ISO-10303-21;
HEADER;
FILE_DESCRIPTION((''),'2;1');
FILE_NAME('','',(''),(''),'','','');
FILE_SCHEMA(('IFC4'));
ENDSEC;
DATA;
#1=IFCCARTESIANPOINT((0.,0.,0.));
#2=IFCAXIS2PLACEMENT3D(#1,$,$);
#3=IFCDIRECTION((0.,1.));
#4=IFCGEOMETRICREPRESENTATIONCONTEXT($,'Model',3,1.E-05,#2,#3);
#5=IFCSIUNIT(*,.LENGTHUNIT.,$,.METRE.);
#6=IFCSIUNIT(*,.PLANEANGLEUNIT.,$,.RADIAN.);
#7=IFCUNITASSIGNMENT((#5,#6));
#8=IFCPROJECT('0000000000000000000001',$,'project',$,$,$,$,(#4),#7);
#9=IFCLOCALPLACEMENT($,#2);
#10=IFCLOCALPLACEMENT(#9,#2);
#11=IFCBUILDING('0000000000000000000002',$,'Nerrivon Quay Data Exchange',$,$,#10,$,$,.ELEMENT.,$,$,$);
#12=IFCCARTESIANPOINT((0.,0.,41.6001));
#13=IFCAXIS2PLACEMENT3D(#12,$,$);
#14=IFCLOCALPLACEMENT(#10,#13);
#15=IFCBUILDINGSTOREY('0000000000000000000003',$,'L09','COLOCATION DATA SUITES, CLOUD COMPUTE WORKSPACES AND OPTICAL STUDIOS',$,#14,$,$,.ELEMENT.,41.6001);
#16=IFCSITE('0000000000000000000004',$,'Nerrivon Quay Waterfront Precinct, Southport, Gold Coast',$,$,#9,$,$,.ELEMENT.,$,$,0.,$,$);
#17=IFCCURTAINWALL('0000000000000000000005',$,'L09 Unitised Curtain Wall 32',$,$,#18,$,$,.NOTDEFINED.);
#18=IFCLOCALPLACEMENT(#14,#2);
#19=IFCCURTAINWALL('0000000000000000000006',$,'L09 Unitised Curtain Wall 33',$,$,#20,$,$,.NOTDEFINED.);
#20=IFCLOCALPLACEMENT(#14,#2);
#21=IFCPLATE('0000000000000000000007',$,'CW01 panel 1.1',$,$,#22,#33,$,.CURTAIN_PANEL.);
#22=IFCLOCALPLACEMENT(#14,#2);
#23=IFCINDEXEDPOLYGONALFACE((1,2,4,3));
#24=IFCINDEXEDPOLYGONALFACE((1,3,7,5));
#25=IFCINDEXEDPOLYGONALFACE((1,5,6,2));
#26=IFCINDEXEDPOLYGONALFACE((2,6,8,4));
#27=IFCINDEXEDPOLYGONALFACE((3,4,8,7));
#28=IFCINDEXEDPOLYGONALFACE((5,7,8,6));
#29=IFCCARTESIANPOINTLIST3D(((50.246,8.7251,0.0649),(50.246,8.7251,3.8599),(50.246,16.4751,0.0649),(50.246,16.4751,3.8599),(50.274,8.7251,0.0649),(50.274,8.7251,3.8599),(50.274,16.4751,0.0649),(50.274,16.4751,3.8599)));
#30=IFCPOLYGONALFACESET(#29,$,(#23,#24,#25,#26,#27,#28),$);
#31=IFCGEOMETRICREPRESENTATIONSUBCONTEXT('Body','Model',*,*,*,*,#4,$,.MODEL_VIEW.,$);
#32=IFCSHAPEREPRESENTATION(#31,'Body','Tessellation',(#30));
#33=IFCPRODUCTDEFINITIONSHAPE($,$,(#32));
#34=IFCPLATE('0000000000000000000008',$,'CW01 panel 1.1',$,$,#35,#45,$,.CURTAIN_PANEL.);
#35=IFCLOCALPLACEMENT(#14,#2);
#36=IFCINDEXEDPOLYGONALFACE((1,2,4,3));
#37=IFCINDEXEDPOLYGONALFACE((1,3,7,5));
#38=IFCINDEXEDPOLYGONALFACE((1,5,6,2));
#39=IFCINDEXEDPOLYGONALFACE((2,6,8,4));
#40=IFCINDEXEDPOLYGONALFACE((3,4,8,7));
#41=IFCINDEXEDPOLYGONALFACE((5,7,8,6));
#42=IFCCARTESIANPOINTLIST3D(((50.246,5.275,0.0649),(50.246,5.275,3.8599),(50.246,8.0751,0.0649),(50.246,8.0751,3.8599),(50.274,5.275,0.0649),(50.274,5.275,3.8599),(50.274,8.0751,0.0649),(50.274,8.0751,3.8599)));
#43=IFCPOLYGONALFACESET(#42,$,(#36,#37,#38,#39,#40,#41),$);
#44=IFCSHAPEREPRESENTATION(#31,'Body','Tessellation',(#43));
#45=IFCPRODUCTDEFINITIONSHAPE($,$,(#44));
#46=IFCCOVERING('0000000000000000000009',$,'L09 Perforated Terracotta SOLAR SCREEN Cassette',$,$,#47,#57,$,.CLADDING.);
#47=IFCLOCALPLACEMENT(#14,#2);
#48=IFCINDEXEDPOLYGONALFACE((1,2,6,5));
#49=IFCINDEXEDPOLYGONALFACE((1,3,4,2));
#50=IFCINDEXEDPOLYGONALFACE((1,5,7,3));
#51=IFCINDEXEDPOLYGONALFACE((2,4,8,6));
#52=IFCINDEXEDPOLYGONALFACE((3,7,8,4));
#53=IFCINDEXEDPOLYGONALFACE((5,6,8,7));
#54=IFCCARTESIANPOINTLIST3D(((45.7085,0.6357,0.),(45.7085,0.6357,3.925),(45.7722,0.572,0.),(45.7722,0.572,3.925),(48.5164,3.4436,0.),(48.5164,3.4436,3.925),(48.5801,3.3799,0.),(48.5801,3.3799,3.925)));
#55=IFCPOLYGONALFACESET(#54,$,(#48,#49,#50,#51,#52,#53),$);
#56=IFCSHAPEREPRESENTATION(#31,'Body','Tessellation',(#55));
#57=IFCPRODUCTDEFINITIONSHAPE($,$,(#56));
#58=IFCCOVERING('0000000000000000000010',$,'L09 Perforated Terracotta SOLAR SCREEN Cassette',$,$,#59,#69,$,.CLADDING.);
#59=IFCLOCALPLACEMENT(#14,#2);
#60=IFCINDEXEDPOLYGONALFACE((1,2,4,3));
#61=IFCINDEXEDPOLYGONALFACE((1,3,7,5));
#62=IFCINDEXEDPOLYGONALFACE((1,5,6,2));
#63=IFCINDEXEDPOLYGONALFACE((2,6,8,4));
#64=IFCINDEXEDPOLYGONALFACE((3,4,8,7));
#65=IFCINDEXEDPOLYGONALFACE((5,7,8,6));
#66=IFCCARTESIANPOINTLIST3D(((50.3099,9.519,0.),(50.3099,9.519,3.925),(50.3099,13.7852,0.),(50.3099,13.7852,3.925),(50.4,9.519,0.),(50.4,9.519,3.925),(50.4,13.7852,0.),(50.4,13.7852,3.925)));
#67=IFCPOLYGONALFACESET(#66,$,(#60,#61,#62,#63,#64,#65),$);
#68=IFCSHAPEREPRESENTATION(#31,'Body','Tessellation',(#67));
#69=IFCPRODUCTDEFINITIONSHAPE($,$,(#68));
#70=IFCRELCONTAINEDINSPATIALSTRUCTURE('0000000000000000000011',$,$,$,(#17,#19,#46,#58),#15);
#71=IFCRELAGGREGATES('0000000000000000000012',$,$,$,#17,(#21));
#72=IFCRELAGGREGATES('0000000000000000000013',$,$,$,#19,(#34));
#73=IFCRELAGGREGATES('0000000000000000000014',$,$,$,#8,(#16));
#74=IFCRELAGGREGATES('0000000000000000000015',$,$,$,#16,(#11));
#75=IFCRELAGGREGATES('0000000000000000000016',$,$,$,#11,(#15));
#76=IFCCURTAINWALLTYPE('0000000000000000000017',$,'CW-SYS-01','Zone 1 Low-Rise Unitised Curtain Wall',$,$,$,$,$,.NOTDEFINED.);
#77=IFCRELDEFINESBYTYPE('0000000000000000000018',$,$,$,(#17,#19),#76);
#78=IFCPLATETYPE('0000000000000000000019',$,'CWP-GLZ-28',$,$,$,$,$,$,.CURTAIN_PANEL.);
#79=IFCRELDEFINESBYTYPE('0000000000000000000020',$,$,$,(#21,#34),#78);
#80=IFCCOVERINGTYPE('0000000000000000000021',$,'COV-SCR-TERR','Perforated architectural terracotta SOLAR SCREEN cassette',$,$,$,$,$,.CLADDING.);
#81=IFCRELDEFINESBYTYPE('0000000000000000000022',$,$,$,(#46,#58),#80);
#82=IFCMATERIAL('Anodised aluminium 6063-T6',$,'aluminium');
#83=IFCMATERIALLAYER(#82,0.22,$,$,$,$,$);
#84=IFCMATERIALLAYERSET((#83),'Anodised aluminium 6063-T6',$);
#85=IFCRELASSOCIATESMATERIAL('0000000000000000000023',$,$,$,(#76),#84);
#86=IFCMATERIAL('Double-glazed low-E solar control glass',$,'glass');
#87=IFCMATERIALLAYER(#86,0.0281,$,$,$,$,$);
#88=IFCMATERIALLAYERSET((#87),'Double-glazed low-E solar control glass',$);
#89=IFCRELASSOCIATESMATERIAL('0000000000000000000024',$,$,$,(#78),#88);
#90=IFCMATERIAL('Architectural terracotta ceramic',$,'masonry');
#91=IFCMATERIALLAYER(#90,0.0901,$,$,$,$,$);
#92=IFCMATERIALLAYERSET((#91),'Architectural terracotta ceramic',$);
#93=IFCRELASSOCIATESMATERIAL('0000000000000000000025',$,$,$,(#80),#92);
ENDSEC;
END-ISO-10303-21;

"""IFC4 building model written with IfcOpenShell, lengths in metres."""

from ifc_helpers import new_model, si_unit, direction, frame, origin, origin_2d, place, context, subcontext, project, spatial, rectangle, extrude, material, layer, layer_set, type_object, element, aggregate, save


model = new_model("IFC4")

# Units and contexts
model_context = context("Model", 3, precision=1e-05, world=origin(), true_north=direction((0.0, 1.0)))
body_context = subcontext(model_context, "Body", "Model", "MODEL_VIEW")
ifc_project = project(units=[si_unit("LENGTHUNIT", "METRE"), si_unit("PLANEANGLEUNIT", "RADIAN")], contexts=[model_context])

# Site, building, storey
site_placement = place(None, origin())
site = spatial("IfcSite", under=ifc_project, at=site_placement, Name="Nerrivon Quay Waterfront Precinct, Southport, Gold Coast", CompositionType="ELEMENT", RefElevation=0.0)
building_placement = place(site_placement, origin())
building = spatial("IfcBuilding", under=site, at=building_placement, Name="Nerrivon Quay Data Exchange", CompositionType="ELEMENT")
storey_placement = place(building_placement, frame((0.0, 0.0, 41.6001)))
storey = spatial("IfcBuildingStorey", under=building, at=storey_placement, Name="L09", Description="COLOCATION DATA SUITES, CLOUD COMPUTE WORKSPACES AND OPTICAL STUDIOS", CompositionType="ELEMENT", Elevation=41.6001)

# Shared definitions
ifc_material_1 = material(Name="Anodised aluminium 6063-T6", Category="aluminium")
ifc_layer_1 = layer(ifc_material_1, 0.22)
ifc_layer_set_1 = layer_set([ifc_layer_1], Name="Anodised aluminium 6063-T6")
curtain_wall_type = type_object("IfcCurtainWallType", Name="CW-SYS-01", Description="Zone 1 Low-Rise Unitised Curtain Wall", PredefinedType="NOTDEFINED", material=ifc_layer_set_1)

# Curtain wall
curtain_wall_1_placement = place(storey_placement, origin())
curtain_wall_1 = element("IfcCurtainWall", 1, at=curtain_wall_1_placement, inside=storey, type_object=curtain_wall_type, Name="L09 Unitised Curtain Wall 32", PredefinedType="NOTDEFINED")

# Curtain wall
curtain_wall_2_placement = place(storey_placement, origin())
curtain_wall_2 = element("IfcCurtainWall", 2, at=curtain_wall_2_placement, inside=storey, type_object=curtain_wall_type, Name="L09 Unitised Curtain Wall 33", PredefinedType="NOTDEFINED")

# Plates
ifc_material_2 = material(Name="Double-glazed low-E solar control glass", Category="glass")
ifc_layer_2 = layer(ifc_material_2, 0.0281)
ifc_layer_set_2 = layer_set([ifc_layer_2], Name="Double-glazed low-E solar control glass")
plate_type = type_object("IfcPlateType", Name="CWP-GLZ-28", PredefinedType="CURTAIN_PANEL", material=ifc_layer_set_2)
plate_1_placement = place(storey_placement, frame((50.26, 12.6001, 0.0649), z_axis=(0.0, 0.0, 1.0), x_axis=(0.0, -1.0, 0.0)))
plate_1 = element("IfcPlate", 3, at=plate_1_placement, type_object=plate_type, Name="CW01 panel 1.1", PredefinedType="CURTAIN_PANEL", context=body_context, shape_type="SweptSolid", body=[
    extrude(rectangle(XDim=7.75, YDim=0.0281, at=origin_2d()), origin(), (0.0, 0.0, 1.0), 3.7949),
])
aggregate(curtain_wall_1, [plate_1])
plate_2_placement = place(storey_placement, frame((50.26, 6.675, 0.0649), z_axis=(0.0, 0.0, 1.0), x_axis=(0.0, -1.0, 0.0)))
plate_2 = element("IfcPlate", 4, at=plate_2_placement, type_object=plate_type, Name="CW01 panel 1.1", PredefinedType="CURTAIN_PANEL", context=body_context, shape_type="SweptSolid", body=[
    extrude(rectangle(XDim=2.8, YDim=0.0281, at=origin_2d()), origin(), (0.0, 0.0, 1.0), 3.7949),
])
aggregate(curtain_wall_2, [plate_2])

# Coverings
ifc_material_3 = material(Name="Architectural terracotta ceramic", Category="masonry")
ifc_layer_3 = layer(ifc_material_3, 0.0901)
ifc_layer_set_3 = layer_set([ifc_layer_3], Name="Architectural terracotta ceramic")
covering_type = type_object("IfcCoveringType", Name="COV-SCR-TERR", Description="Perforated architectural terracotta SOLAR SCREEN cassette", PredefinedType="CLADDING", material=ifc_layer_set_3)
covering_1_placement = place(storey_placement, frame((47.1443, 2.0078, 0.0), z_axis=(0.0, 0.0, 1.0), x_axis=(-0.707107, -0.707107, 0.0)))
element("IfcCovering", 5, at=covering_1_placement, inside=storey, type_object=covering_type, Name="L09 Perforated Terracotta SOLAR SCREEN Cassette", PredefinedType="CLADDING", context=body_context, shape_type="SweptSolid", body=[
    extrude(rectangle(XDim=3.9709, YDim=0.0901, at=origin_2d()), origin(), (0.0, 0.0, 1.0), 3.925),
])
covering_2_placement = place(storey_placement, frame((50.355, 11.6521, 0.0), z_axis=(0.0, 0.0, 1.0), x_axis=(0.0, -1.0, 0.0)))
element("IfcCovering", 6, at=covering_2_placement, inside=storey, type_object=covering_type, Name="L09 Perforated Terracotta SOLAR SCREEN Cassette", PredefinedType="CLADDING", context=body_context, shape_type="SweptSolid", body=[
    extrude(rectangle(XDim=4.2661, YDim=0.0901, at=origin_2d()), origin(), (0.0, 0.0, 1.0), 3.925),
])

save(model, "model.ifc")
